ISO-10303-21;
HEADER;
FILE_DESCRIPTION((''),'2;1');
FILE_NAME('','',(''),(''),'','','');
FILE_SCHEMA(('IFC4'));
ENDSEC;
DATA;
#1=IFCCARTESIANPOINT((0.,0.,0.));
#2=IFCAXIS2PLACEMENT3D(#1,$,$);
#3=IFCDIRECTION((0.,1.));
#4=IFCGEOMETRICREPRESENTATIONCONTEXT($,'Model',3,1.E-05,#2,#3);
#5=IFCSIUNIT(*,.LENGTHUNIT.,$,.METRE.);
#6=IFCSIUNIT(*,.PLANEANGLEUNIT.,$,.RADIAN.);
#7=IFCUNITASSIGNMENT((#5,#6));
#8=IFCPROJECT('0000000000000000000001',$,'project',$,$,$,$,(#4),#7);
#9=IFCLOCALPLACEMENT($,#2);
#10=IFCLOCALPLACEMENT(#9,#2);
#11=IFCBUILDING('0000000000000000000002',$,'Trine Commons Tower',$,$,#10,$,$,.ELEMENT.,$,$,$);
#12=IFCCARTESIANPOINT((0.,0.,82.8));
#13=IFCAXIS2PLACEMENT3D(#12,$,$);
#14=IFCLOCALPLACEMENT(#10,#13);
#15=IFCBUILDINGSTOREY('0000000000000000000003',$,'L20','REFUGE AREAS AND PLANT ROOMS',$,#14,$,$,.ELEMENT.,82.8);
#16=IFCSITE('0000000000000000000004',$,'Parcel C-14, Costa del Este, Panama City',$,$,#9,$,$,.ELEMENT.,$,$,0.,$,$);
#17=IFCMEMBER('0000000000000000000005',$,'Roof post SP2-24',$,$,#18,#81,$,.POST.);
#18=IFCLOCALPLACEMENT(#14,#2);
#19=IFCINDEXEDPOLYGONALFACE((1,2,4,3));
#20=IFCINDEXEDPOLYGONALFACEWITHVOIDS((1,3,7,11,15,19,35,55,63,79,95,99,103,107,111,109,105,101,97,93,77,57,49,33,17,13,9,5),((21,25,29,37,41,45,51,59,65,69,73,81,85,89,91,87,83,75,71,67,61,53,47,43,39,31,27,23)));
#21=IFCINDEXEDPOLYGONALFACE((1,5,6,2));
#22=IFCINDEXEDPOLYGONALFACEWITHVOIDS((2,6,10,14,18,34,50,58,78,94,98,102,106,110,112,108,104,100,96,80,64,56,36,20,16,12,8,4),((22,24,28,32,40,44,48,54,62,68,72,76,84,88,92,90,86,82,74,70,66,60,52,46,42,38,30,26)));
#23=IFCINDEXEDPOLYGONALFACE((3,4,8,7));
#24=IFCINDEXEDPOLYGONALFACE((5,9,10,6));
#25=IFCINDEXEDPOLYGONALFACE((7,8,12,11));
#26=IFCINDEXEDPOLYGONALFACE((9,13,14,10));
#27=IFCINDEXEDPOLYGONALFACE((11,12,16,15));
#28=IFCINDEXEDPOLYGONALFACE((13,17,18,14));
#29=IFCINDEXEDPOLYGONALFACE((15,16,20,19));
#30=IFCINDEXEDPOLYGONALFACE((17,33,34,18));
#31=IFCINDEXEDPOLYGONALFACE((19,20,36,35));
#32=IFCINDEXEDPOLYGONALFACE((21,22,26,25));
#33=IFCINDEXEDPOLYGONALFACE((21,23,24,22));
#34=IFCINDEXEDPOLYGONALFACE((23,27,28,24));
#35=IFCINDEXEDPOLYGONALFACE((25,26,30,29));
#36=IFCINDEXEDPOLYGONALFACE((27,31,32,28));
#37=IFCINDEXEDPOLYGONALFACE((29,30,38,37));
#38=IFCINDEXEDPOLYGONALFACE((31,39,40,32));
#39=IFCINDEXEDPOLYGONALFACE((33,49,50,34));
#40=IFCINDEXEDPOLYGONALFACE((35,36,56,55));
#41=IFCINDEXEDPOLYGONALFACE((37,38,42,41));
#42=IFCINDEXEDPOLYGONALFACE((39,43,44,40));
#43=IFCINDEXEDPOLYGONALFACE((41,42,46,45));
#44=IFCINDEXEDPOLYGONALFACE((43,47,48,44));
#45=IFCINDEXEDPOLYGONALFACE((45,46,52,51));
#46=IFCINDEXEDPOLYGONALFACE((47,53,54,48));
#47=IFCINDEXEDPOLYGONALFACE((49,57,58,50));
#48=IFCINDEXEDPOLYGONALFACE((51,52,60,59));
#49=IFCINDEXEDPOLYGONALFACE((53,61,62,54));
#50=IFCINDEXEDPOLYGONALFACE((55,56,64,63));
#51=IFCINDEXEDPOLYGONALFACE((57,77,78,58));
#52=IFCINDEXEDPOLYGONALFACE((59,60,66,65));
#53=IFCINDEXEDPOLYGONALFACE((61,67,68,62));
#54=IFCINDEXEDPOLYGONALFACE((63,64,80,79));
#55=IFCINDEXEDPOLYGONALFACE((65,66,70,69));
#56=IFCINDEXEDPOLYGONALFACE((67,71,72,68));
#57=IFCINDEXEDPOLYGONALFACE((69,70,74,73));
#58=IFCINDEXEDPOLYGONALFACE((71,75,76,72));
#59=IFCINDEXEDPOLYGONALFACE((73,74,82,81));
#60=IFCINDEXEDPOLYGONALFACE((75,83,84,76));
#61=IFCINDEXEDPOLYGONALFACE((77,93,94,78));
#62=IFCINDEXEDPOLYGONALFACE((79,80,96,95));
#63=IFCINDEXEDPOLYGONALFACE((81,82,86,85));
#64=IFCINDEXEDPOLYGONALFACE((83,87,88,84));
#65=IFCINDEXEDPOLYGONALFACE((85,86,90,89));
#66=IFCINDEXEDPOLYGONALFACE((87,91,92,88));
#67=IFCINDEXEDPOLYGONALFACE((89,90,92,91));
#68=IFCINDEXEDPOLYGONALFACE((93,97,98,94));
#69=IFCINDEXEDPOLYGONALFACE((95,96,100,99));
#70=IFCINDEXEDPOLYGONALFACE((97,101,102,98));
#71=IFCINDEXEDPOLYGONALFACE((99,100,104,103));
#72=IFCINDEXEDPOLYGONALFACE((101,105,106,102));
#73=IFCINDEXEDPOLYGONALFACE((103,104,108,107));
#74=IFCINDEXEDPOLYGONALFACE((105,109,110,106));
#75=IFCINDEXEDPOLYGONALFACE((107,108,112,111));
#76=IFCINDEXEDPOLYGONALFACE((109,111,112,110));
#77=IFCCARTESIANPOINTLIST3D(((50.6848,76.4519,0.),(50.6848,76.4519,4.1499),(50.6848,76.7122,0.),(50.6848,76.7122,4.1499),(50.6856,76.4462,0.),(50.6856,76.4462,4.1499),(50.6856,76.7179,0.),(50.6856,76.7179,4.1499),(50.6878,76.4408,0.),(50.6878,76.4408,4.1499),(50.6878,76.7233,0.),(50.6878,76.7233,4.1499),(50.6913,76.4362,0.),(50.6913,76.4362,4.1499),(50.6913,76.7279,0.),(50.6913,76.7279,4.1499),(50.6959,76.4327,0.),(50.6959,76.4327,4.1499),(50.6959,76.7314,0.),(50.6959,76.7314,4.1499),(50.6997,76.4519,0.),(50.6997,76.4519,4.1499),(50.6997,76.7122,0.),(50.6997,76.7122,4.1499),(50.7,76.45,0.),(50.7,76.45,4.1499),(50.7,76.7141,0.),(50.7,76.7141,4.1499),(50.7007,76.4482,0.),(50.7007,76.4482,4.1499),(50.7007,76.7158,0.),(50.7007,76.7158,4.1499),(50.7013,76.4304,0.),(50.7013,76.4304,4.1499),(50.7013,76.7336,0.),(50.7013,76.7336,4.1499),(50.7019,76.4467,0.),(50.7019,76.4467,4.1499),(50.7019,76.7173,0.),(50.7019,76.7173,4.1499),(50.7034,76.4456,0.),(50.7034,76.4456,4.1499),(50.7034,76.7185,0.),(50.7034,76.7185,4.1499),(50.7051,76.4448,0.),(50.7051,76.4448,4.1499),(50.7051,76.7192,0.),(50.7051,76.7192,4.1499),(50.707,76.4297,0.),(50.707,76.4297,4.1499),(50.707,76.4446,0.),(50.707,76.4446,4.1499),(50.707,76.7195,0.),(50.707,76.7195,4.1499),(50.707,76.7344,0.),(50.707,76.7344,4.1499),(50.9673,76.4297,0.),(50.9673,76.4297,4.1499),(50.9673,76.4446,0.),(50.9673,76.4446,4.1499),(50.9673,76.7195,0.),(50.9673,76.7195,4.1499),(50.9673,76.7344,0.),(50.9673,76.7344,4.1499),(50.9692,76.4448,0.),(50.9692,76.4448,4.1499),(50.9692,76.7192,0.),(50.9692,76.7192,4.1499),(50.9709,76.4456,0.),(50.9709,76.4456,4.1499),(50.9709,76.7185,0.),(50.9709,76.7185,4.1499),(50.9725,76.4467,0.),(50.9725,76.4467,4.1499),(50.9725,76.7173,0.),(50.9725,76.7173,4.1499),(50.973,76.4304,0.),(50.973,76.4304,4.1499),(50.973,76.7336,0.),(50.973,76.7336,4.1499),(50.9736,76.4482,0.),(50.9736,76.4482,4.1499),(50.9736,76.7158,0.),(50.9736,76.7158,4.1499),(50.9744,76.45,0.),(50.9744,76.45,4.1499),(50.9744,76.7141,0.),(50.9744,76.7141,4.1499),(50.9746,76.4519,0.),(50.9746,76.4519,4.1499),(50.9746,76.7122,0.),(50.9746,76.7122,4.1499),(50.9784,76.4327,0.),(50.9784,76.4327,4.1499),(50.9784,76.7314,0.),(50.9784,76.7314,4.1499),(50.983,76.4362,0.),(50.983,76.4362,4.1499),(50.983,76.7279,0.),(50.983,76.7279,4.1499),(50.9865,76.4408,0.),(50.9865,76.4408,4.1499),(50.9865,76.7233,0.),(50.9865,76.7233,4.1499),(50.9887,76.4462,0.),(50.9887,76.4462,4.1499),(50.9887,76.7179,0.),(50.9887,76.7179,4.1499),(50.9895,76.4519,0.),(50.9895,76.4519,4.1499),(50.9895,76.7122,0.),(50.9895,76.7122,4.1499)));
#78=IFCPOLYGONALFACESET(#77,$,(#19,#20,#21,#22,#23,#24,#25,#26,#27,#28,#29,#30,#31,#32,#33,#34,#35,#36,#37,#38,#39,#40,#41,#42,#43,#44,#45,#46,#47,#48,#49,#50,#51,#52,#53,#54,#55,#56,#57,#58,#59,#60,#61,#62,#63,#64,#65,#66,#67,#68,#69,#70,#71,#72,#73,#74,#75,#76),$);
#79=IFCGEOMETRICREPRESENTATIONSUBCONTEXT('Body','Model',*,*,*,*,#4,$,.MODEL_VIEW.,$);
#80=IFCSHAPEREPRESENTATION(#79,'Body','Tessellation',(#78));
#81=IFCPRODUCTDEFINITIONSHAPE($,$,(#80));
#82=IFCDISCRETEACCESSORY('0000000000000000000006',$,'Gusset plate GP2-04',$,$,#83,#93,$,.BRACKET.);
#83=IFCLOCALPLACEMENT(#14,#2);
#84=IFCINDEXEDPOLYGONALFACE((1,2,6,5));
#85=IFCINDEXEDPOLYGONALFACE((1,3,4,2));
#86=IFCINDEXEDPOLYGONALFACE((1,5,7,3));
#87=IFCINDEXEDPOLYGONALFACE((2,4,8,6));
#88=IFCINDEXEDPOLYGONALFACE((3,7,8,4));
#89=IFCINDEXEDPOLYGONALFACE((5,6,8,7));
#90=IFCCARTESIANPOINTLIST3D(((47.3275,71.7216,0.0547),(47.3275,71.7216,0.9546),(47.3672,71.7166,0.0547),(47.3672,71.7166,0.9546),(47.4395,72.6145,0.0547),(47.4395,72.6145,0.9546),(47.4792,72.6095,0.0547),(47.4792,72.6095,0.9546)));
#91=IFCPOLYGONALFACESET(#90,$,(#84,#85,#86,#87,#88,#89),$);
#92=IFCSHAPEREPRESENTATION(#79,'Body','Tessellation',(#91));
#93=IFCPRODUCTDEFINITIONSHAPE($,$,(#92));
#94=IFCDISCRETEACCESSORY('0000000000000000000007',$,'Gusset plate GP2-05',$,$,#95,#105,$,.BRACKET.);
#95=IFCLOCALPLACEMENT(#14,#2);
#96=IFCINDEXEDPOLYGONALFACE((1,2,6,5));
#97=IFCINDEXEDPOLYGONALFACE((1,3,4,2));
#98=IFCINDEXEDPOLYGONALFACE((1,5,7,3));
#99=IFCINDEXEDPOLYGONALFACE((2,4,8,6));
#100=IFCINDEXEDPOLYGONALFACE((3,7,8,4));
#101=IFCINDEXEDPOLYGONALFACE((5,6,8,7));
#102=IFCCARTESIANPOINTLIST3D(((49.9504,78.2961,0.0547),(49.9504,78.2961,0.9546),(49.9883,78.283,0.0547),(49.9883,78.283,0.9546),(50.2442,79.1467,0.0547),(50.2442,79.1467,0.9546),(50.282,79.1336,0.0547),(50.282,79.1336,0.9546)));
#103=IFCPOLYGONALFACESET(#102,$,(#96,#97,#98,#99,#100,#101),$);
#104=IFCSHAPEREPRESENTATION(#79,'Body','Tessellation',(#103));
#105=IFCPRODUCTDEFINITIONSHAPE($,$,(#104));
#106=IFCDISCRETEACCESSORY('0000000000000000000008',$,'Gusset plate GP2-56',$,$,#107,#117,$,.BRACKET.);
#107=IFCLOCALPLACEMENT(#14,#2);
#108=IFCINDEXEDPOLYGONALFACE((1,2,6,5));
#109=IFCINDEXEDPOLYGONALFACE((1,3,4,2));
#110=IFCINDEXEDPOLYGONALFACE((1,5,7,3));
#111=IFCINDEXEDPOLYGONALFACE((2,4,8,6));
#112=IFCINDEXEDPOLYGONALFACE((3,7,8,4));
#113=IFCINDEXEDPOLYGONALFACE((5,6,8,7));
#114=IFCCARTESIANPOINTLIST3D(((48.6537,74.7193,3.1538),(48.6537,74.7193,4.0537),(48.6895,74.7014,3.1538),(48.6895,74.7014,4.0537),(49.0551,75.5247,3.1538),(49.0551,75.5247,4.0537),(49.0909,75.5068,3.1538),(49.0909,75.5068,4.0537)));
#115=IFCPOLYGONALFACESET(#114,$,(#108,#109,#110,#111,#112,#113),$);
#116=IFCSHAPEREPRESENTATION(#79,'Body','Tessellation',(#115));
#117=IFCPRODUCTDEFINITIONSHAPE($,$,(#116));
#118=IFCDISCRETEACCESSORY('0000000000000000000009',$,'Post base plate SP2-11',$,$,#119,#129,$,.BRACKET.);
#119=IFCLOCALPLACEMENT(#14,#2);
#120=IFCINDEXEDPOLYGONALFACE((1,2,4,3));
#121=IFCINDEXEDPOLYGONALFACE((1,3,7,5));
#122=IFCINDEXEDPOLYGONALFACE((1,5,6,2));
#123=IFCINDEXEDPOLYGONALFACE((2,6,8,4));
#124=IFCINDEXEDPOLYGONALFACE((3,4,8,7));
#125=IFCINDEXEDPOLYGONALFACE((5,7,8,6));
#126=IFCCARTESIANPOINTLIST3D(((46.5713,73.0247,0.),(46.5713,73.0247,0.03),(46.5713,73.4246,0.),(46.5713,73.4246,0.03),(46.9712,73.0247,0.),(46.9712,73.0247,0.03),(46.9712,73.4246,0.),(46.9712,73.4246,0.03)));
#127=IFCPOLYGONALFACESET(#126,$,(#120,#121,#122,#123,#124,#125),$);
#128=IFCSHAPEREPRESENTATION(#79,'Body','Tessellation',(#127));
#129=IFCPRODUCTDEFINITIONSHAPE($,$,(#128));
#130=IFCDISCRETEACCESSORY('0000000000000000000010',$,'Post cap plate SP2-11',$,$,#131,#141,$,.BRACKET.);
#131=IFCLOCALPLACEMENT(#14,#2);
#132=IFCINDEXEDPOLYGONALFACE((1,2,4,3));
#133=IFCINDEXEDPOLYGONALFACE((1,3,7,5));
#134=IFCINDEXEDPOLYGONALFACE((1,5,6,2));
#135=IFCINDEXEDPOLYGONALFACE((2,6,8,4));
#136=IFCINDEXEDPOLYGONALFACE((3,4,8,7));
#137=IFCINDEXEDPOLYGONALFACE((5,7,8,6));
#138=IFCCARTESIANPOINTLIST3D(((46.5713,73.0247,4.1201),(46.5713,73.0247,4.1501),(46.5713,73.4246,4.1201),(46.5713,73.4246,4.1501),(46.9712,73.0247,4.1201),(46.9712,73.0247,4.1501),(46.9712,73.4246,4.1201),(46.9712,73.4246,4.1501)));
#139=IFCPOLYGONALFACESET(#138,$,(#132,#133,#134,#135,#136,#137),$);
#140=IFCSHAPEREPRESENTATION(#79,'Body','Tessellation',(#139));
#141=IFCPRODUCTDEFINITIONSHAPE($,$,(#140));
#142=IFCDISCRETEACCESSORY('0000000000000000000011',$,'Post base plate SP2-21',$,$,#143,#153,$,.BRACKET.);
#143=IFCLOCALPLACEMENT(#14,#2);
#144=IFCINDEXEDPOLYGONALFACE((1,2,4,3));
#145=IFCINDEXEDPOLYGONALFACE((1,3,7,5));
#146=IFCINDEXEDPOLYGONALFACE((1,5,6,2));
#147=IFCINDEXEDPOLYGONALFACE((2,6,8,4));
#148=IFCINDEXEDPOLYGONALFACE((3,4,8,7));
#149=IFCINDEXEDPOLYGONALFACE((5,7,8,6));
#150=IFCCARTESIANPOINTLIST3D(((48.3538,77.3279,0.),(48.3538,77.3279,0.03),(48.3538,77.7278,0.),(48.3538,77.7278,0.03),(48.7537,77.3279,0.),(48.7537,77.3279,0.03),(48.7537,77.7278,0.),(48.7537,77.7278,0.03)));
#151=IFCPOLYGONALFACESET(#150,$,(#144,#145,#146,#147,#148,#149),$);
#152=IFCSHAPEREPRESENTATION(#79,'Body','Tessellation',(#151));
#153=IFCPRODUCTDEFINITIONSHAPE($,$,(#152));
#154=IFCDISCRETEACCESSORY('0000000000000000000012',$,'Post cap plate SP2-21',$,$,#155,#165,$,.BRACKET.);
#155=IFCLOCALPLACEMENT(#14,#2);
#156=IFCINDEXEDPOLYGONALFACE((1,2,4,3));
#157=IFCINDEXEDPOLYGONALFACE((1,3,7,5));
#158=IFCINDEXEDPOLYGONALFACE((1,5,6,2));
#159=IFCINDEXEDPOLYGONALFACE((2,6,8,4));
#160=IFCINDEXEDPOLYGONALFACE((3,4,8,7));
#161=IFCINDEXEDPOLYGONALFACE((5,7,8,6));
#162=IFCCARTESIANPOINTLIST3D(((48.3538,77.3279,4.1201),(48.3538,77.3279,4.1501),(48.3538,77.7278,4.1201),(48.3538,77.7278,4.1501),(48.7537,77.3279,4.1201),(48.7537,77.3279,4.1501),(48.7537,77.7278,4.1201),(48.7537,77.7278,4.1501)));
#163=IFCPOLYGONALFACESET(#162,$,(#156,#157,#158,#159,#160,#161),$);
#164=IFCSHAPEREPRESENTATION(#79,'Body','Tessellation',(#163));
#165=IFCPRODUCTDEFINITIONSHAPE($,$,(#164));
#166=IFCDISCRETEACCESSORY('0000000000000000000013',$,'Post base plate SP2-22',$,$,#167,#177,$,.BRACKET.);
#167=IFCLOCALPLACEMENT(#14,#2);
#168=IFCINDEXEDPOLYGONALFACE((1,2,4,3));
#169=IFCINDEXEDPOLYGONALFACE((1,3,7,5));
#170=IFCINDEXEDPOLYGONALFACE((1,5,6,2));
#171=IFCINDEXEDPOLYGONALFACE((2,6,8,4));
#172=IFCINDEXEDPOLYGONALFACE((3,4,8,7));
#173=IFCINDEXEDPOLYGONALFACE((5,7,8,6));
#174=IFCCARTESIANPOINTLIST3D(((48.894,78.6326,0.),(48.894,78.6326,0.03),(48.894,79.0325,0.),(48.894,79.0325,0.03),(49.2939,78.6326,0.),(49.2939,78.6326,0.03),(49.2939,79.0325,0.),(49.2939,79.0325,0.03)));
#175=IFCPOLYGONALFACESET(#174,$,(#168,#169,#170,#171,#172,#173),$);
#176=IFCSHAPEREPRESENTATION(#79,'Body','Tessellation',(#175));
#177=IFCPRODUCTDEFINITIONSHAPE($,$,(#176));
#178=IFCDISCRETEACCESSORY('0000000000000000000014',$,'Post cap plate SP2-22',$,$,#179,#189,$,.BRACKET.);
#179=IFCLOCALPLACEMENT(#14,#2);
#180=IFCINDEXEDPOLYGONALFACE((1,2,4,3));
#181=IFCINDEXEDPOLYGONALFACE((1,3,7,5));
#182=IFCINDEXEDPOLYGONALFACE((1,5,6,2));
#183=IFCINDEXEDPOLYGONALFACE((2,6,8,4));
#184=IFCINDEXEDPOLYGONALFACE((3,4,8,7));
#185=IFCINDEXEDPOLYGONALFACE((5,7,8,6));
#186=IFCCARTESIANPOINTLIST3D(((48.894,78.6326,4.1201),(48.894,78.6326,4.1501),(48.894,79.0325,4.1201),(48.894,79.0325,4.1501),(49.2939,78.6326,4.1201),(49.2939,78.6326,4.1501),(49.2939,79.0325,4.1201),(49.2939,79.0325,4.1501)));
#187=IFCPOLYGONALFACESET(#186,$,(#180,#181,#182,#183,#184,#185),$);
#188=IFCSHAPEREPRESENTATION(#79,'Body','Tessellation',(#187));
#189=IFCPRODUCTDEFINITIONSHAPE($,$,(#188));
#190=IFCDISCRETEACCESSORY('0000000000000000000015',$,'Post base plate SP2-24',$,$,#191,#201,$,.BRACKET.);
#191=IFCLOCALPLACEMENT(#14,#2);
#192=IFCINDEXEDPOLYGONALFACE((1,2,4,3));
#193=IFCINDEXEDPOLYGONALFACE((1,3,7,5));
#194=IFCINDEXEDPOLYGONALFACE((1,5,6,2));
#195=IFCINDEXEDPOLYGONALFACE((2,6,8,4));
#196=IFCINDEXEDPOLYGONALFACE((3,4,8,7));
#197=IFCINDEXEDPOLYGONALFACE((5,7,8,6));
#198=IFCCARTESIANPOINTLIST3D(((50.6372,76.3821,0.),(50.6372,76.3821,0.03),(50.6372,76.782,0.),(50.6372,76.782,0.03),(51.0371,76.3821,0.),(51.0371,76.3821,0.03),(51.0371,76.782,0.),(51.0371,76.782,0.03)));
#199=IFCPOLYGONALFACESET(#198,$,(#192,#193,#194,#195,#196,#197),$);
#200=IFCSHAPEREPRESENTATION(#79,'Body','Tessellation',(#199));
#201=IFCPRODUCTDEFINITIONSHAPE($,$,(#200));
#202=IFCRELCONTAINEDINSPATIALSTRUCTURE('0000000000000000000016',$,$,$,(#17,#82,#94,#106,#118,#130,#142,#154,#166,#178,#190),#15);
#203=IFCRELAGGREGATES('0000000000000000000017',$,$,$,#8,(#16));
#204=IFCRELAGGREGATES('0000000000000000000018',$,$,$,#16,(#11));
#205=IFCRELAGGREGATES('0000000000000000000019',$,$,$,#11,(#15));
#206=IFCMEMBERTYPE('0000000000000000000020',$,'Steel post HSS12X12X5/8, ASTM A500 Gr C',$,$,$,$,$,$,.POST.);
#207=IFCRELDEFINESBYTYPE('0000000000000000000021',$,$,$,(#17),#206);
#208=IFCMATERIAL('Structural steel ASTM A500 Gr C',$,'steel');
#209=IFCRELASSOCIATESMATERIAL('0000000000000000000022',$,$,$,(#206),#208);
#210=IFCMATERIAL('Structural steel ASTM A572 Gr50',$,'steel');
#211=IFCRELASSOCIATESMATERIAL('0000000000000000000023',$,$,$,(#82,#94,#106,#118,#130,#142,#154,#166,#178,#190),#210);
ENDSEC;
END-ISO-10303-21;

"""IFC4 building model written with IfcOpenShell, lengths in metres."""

from ifc_helpers import new_model, si_unit, direction, frame, origin, origin_2d, place, context, subcontext, project, spatial, rectangle, hollow_rectangle, extrude, material, material_profile, profile_set, type_object, element, save


model = new_model("IFC4")

# Units and contexts
model_context = context("Model", 3, precision=1e-05, world=origin(), true_north=direction((0.0, 1.0)))
body_context = subcontext(model_context, "Body", "Model", "MODEL_VIEW")
ifc_project = project(units=[si_unit("LENGTHUNIT", "METRE"), si_unit("PLANEANGLEUNIT", "RADIAN")], contexts=[model_context])

# Site, building, storey
site_placement = place(None, origin())
site = spatial("IfcSite", under=ifc_project, at=site_placement, Name="Parcel C-14, Costa del Este, Panama City", CompositionType="ELEMENT", RefElevation=0.0)
building_placement = place(site_placement, origin())
building = spatial("IfcBuilding", under=site, at=building_placement, Name="Trine Commons Tower", CompositionType="ELEMENT")
storey_placement = place(building_placement, frame((0.0, 0.0, 82.8)))
storey = spatial("IfcBuildingStorey", under=building, at=storey_placement, Name="L20", Description="REFUGE AREAS AND PLANT ROOMS", CompositionType="ELEMENT", Elevation=82.8)

# Member
ifc_material_1 = material(Name="Structural steel ASTM A500 Gr C", Category="steel")
ifc_material_profile_1 = material_profile(ifc_material_1, hollow_rectangle(XDim=0.3047, YDim=0.3047, WallThickness=0.0149, InnerFilletRadius=0.0073, OuterFilletRadius=0.0222, at=origin_2d()), Name="HSS12X12X5/8")
ifc_profile_set_1 = profile_set([ifc_material_profile_1], Name="Structural steel ASTM A500 Gr C")
member_type_1 = type_object("IfcMemberType", Name="Steel post HSS12X12X5/8, ASTM A500 Gr C", PredefinedType="POST", material=ifc_profile_set_1)
for number, where, z_axis, x_axis, name in (
    (1, (50.8372, 76.582, 0.0), (0.0, 0.0, 1.0), (1.0, 0.0, 0.0), "Roof post SP2-24"),
):
    element("IfcMember", number, at=place(storey_placement, frame(where, z_axis=z_axis, x_axis=x_axis)), inside=storey, type_object=member_type_1, Name=name, PredefinedType="POST", context=body_context, shape_type="SweptSolid", body=[
        extrude(hollow_rectangle(XDim=0.3047, YDim=0.3047, WallThickness=0.0149, InnerFilletRadius=0.0073, OuterFilletRadius=0.0222, at=origin_2d()), origin(), (0.0, 0.0, 1.0), 4.1499),
    ])

# Discrete accessories
ifc_material_2 = material(Name="Structural steel ASTM A572 Gr50", Category="steel")
for number, where, z_axis, x_axis, name in (
    (2, (47.4033, 72.1655, 0.0547), (0.0, 0.0, 1.0), (-0.12445, -0.992226, 0.0), "Gusset plate GP2-04"),
    (3, (50.1162, 78.7148, 0.0547), (0.0, 0.0, 1.0), (-0.326443, -0.945217, 0.0), "Gusset plate GP2-05"),
    (4, (48.8723, 75.113, 3.1538), (0.0, 0.0, 1.0), (0.446042, 0.895012, 0.0), "Gusset plate GP2-56"),
):
    element("IfcDiscreteAccessory", number, at=place(storey_placement, frame(where, z_axis=z_axis, x_axis=x_axis)), inside=storey, material=ifc_material_2, Name=name, PredefinedType="BRACKET", context=body_context, shape_type="SweptSolid", body=[
        extrude(rectangle(XDim=0.8999, YDim=0.04, at=origin_2d()), origin(), (0.0, 0.0, 1.0), 0.8999),
    ])
for number, where, z_axis, x_axis, name in (
    (5, (46.7712, 73.2246, 0.0), (0.0, 0.0, 1.0), (1.0, 0.0, 0.0), "Post base plate SP2-11"),
    (6, (46.7712, 73.2246, 4.1201), (0.0, 0.0, 1.0), (1.0, 0.0, 0.0), "Post cap plate SP2-11"),
    (7, (48.5537, 77.5278, 0.0), (0.0, 0.0, 1.0), (1.0, 0.0, 0.0), "Post base plate SP2-21"),
    (8, (48.5537, 77.5278, 4.1201), (0.0, 0.0, 1.0), (1.0, 0.0, 0.0), "Post cap plate SP2-21"),
    (9, (49.094, 78.8325, 0.0), (0.0, 0.0, 1.0), (1.0, 0.0, 0.0), "Post base plate SP2-22"),
    (10, (49.094, 78.8325, 4.1201), (0.0, 0.0, 1.0), (1.0, 0.0, 0.0), "Post cap plate SP2-22"),
    (11, (50.8372, 76.582, 0.0), (0.0, 0.0, 1.0), (1.0, 0.0, 0.0), "Post base plate SP2-24"),
):
    element("IfcDiscreteAccessory", number, at=place(storey_placement, frame(where, z_axis=z_axis, x_axis=x_axis)), inside=storey, material=ifc_material_2, Name=name, PredefinedType="BRACKET", context=body_context, shape_type="SweptSolid", body=[
        extrude(rectangle(XDim=0.3999, YDim=0.3999, at=origin_2d()), origin(), (0.0, 0.0, 1.0), 0.03),
    ])

save(model, "model.ifc")
